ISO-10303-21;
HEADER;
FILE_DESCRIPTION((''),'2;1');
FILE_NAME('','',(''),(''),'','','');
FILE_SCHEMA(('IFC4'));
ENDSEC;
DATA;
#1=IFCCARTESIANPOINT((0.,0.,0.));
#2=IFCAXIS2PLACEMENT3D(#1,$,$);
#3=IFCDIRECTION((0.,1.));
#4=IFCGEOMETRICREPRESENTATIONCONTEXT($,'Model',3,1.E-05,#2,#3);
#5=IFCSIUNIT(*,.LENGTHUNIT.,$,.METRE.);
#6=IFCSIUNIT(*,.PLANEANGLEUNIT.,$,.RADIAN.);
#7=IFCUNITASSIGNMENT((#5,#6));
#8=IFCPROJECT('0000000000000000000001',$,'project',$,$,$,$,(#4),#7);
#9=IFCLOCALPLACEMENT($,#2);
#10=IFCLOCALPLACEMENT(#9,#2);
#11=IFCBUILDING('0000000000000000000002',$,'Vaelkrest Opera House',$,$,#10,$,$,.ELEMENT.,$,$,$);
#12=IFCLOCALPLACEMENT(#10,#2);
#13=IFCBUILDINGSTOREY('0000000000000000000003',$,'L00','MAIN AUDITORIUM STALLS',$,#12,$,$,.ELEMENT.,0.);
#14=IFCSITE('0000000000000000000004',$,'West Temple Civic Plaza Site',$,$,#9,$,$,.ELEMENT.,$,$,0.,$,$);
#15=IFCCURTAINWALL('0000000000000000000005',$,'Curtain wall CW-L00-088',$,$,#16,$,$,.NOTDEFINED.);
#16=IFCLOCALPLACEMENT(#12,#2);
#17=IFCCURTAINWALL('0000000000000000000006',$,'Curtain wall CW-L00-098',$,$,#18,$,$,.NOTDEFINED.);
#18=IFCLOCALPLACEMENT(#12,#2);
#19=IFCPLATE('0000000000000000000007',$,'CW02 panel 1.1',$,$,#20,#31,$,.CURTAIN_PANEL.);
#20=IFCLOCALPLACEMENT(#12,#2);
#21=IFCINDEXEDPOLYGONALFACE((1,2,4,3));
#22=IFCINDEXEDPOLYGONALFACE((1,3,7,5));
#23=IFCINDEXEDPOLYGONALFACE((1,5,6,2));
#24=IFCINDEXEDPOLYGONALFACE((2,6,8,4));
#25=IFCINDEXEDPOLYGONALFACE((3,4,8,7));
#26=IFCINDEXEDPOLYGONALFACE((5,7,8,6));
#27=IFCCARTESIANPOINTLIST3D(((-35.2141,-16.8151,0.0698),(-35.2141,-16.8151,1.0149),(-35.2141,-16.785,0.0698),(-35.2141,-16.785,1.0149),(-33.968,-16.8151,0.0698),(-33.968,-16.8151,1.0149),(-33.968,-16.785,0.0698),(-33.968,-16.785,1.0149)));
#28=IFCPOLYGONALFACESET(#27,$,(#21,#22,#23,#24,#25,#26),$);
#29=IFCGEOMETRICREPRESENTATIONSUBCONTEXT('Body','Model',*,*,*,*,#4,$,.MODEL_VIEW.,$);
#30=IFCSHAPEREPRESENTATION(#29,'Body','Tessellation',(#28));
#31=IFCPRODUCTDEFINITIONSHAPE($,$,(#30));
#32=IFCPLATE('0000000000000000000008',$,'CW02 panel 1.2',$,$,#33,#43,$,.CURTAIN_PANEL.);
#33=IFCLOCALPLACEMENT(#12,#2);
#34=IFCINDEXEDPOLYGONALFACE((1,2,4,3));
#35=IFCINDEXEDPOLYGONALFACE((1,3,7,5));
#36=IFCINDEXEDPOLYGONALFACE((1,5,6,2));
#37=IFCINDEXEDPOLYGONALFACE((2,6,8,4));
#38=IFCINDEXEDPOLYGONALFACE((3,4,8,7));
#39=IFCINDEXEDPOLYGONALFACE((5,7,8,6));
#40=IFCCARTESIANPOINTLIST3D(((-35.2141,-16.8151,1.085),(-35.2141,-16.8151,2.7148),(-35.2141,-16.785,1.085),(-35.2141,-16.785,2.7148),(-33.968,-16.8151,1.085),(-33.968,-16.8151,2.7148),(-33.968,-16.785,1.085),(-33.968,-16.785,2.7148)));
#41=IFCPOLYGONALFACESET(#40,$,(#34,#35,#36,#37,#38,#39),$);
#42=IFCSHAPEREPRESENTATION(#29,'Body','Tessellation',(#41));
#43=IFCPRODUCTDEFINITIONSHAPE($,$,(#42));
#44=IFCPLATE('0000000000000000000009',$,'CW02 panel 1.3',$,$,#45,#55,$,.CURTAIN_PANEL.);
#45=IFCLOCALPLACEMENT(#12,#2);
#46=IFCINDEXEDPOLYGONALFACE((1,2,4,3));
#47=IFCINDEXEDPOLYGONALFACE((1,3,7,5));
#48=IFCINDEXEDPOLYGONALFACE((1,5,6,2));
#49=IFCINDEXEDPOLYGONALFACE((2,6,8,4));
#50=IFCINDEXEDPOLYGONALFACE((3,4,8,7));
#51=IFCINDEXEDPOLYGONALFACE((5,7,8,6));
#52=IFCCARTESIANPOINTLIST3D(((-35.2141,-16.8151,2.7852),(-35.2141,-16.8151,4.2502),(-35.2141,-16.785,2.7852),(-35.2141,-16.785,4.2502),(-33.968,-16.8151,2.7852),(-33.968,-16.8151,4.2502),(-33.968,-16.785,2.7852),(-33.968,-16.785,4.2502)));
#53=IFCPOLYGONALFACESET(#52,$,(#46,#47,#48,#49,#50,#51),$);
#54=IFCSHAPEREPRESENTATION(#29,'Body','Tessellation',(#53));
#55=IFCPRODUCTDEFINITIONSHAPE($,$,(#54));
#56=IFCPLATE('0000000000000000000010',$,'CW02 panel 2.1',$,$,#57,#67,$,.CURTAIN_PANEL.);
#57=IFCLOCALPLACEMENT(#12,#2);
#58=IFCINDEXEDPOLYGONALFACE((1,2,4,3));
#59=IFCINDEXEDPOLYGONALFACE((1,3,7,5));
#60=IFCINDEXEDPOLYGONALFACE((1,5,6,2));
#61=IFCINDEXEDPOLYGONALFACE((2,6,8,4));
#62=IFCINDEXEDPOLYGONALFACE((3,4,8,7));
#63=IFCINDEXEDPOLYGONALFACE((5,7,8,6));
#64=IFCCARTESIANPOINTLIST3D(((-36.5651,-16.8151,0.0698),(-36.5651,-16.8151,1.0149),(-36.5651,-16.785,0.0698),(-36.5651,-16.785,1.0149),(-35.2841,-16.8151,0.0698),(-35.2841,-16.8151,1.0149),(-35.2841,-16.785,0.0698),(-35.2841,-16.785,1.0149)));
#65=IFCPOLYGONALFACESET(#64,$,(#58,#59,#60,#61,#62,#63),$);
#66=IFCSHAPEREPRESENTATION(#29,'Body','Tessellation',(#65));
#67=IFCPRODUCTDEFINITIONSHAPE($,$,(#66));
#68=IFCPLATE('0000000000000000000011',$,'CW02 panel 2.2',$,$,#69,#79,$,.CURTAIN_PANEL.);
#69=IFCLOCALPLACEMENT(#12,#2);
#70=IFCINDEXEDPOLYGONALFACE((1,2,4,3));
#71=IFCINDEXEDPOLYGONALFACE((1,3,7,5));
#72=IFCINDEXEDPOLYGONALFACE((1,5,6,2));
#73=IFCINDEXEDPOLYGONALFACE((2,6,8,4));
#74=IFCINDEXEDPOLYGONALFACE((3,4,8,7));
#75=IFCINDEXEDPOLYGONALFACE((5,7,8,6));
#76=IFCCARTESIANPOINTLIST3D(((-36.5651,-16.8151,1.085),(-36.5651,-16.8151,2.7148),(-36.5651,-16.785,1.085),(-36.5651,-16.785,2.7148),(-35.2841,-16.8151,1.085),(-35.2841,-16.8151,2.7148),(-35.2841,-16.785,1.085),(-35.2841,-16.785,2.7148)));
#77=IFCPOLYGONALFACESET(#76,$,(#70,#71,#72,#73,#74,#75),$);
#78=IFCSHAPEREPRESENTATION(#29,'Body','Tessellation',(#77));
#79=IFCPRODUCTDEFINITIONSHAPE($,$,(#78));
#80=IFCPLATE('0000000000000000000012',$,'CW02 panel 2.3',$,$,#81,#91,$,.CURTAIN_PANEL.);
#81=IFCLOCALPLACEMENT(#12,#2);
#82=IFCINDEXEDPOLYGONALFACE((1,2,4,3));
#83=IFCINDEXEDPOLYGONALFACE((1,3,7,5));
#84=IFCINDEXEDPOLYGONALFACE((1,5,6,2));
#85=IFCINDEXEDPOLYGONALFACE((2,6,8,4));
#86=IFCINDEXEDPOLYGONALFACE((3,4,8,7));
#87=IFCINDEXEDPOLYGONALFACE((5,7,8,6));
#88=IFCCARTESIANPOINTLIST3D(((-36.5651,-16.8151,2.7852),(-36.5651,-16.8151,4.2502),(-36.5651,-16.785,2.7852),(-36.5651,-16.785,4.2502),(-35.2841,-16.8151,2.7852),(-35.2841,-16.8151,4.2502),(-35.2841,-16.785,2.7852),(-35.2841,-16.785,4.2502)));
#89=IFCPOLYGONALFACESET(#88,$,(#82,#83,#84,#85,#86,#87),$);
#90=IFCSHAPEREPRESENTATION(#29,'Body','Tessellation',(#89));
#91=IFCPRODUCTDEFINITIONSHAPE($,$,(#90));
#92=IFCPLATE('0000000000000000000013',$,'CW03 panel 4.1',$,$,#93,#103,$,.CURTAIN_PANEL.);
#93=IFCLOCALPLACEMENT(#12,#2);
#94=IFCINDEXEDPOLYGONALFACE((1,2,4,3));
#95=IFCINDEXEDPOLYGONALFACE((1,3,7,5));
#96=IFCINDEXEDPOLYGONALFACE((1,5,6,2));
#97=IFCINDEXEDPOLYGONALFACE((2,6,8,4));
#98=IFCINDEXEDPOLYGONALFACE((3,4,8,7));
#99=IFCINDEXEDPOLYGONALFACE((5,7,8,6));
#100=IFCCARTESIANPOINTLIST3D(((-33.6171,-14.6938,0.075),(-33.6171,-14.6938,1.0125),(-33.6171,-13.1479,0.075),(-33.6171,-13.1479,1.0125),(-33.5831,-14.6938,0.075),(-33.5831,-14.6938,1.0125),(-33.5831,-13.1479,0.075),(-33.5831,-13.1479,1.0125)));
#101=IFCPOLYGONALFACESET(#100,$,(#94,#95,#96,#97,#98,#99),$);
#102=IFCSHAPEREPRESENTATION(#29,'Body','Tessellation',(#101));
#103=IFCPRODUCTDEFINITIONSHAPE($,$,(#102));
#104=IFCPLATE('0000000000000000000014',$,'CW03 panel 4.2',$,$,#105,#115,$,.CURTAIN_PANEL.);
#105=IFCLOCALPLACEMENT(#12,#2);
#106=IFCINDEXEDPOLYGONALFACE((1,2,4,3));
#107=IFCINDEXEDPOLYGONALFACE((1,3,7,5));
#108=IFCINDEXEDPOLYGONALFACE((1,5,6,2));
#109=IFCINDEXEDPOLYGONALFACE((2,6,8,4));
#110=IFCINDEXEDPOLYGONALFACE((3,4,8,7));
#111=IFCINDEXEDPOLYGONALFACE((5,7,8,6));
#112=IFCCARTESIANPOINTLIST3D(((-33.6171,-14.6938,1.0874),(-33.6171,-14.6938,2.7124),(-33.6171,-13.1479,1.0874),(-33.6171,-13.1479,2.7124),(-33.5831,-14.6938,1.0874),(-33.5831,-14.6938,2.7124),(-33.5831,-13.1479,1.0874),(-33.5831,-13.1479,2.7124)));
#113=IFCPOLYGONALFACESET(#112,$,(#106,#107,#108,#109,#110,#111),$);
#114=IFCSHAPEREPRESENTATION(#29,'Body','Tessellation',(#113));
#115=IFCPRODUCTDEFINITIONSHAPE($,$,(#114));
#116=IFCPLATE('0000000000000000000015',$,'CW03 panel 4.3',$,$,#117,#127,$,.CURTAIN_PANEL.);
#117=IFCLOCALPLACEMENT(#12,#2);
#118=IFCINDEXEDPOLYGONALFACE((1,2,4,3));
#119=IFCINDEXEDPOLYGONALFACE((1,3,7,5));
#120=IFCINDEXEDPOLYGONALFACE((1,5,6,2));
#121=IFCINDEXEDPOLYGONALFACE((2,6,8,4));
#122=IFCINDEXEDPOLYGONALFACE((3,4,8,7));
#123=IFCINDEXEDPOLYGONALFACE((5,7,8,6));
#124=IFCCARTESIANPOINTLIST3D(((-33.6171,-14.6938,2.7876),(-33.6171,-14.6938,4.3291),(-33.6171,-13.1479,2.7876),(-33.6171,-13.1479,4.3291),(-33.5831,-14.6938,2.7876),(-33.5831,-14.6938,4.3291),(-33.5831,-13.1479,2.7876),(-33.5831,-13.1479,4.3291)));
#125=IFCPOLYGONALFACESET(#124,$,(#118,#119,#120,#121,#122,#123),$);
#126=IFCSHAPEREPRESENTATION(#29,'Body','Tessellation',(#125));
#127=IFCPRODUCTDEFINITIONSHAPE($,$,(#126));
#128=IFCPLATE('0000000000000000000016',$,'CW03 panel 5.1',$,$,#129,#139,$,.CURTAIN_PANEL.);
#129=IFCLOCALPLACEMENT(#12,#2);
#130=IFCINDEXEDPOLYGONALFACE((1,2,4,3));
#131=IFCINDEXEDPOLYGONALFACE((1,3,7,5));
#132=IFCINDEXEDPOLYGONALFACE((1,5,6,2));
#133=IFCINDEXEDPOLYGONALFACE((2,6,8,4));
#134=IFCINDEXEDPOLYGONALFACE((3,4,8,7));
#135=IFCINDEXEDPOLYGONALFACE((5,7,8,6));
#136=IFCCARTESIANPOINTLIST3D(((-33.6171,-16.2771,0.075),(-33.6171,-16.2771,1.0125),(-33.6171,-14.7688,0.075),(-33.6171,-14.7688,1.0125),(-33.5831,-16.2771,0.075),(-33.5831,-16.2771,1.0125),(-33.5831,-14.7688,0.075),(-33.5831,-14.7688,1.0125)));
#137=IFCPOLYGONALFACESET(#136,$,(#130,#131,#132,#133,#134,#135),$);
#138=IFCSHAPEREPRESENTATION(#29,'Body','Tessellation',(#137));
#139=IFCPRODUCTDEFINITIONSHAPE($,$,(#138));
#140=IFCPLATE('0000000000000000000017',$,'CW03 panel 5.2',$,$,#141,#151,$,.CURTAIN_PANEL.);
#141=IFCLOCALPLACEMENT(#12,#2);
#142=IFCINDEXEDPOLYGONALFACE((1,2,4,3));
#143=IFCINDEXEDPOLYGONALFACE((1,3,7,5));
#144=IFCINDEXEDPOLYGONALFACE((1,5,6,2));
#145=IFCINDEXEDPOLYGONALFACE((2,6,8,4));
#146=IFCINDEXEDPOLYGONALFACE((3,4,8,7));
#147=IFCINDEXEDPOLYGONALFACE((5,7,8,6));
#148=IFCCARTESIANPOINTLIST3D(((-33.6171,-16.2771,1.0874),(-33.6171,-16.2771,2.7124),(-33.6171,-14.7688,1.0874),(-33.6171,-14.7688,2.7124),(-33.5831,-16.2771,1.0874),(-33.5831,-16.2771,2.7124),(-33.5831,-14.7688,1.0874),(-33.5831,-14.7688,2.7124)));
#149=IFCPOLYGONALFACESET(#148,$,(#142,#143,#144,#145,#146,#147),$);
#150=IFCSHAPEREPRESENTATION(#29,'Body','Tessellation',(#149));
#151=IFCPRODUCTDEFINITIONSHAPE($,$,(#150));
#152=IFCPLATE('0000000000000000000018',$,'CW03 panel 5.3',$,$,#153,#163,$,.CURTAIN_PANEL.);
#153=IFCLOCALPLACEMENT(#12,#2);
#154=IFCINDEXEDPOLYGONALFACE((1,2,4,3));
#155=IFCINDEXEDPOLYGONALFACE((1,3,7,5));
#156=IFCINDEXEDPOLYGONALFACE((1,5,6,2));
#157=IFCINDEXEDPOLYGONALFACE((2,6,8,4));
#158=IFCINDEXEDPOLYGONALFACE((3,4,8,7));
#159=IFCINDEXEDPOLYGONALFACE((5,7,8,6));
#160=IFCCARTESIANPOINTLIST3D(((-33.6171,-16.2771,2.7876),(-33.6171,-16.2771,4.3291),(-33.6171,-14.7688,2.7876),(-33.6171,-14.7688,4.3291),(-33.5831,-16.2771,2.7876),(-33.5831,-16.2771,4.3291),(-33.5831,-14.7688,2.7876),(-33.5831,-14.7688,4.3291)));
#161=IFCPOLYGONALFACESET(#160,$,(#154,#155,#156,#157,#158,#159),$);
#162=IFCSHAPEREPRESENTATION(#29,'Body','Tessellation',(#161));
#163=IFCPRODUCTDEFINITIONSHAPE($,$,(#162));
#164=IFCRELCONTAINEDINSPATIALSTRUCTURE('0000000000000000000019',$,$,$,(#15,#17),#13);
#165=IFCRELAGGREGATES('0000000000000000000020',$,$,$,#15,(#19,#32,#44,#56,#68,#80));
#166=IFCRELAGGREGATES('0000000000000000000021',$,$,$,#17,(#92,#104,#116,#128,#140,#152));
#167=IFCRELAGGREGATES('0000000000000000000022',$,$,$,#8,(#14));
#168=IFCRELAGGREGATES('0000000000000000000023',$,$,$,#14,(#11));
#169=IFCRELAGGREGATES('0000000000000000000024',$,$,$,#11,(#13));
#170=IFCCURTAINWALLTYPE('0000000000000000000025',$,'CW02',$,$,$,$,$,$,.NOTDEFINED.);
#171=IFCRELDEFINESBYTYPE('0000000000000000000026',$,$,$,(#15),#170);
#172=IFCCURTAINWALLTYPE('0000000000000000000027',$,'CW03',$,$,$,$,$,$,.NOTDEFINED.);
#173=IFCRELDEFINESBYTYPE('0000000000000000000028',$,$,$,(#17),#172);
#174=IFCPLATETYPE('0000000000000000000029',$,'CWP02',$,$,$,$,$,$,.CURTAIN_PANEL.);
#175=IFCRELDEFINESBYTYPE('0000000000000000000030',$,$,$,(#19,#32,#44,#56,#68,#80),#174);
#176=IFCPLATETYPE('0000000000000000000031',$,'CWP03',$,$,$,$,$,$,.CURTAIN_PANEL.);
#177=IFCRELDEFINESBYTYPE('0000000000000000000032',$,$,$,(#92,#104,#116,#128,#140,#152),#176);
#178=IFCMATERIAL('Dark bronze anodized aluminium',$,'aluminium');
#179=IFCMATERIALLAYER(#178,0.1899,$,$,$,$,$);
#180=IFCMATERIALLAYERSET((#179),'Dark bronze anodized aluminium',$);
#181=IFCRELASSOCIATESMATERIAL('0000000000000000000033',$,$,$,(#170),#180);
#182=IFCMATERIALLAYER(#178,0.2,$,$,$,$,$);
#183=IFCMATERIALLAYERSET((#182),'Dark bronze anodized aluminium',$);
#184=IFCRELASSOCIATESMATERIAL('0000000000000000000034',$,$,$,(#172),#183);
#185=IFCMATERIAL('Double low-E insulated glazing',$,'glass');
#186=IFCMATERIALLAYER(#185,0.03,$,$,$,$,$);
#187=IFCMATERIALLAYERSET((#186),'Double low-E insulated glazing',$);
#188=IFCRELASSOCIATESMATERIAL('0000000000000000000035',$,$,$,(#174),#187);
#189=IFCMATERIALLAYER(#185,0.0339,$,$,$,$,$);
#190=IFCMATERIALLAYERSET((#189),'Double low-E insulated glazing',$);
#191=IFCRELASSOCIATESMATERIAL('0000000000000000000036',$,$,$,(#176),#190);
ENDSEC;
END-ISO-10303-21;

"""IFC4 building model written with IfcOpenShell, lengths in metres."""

from ifc_helpers import new_model, si_unit, direction, frame, origin, origin_2d, place, context, subcontext, project, spatial, rectangle, extrude, material, layer, layer_set, type_object, element, aggregate, save


model = new_model("IFC4")

# Units and contexts
model_context = context("Model", 3, precision=1e-05, world=origin(), true_north=direction((0.0, 1.0)))
body_context = subcontext(model_context, "Body", "Model", "MODEL_VIEW")
ifc_project = project(units=[si_unit("LENGTHUNIT", "METRE"), si_unit("PLANEANGLEUNIT", "RADIAN")], contexts=[model_context])

# Site, building, storey
site_placement = place(None, origin())
site = spatial("IfcSite", under=ifc_project, at=site_placement, Name="West Temple Civic Plaza Site", CompositionType="ELEMENT", RefElevation=0.0)
building_placement = place(site_placement, origin())
building = spatial("IfcBuilding", under=site, at=building_placement, Name="Vaelkrest Opera House", CompositionType="ELEMENT")
storey_placement = place(building_placement, origin())
storey = spatial("IfcBuildingStorey", under=building, at=storey_placement, Name="L00", Description="MAIN AUDITORIUM STALLS", CompositionType="ELEMENT", Elevation=0.0)

# Curtain walls
ifc_material_1 = material(Name="Dark bronze anodized aluminium", Category="aluminium")
ifc_layer_1 = layer(ifc_material_1, 0.1899)
ifc_layer_set_1 = layer_set([ifc_layer_1], Name="Dark bronze anodized aluminium")
curtain_wall_type_1 = type_object("IfcCurtainWallType", Name="CW02", PredefinedType="NOTDEFINED", material=ifc_layer_set_1)
curtain_wall_1_placement = place(storey_placement, origin())
curtain_wall_1 = element("IfcCurtainWall", 1, at=curtain_wall_1_placement, inside=storey, type_object=curtain_wall_type_1, Name="Curtain wall CW-L00-088", PredefinedType="NOTDEFINED")
ifc_layer_2 = layer(ifc_material_1, 0.2)
ifc_layer_set_2 = layer_set([ifc_layer_2], Name="Dark bronze anodized aluminium")
curtain_wall_type_2 = type_object("IfcCurtainWallType", Name="CW03", PredefinedType="NOTDEFINED", material=ifc_layer_set_2)
curtain_wall_2_placement = place(storey_placement, origin())
curtain_wall_2 = element("IfcCurtainWall", 2, at=curtain_wall_2_placement, inside=storey, type_object=curtain_wall_type_2, Name="Curtain wall CW-L00-098", PredefinedType="NOTDEFINED")

# Plates
ifc_material_2 = material(Name="Double low-E insulated glazing", Category="glass")
ifc_layer_3 = layer(ifc_material_2, 0.03)
ifc_layer_set_3 = layer_set([ifc_layer_3], Name="Double low-E insulated glazing")
plate_type_1 = type_object("IfcPlateType", Name="CWP02", PredefinedType="CURTAIN_PANEL", material=ifc_layer_set_3)
plate_1_placement = place(storey_placement, frame((-34.5911, -16.8, 0.0698), z_axis=(0.0, 0.0, 1.0), x_axis=(-1.0, 0.0, 0.0)))
plate_1 = element("IfcPlate", 3, at=plate_1_placement, type_object=plate_type_1, Name="CW02 panel 1.1", PredefinedType="CURTAIN_PANEL", context=body_context, shape_type="SweptSolid", body=[
    extrude(rectangle(XDim=1.2461, YDim=0.03, at=origin_2d()), origin(), (0.0, 0.0, 1.0), 0.9451),
])
plate_2_placement = place(storey_placement, frame((-34.5911, -16.8, 1.085), z_axis=(0.0, 0.0, 1.0), x_axis=(-1.0, 0.0, 0.0)))
plate_2 = element("IfcPlate", 4, at=plate_2_placement, type_object=plate_type_1, Name="CW02 panel 1.2", PredefinedType="CURTAIN_PANEL", context=body_context, shape_type="SweptSolid", body=[
    extrude(rectangle(XDim=1.2461, YDim=0.03, at=origin_2d()), origin(), (0.0, 0.0, 1.0), 1.6299),
])
plate_3_placement = place(storey_placement, frame((-34.5911, -16.8, 2.7852), z_axis=(0.0, 0.0, 1.0), x_axis=(-1.0, 0.0, 0.0)))
plate_3 = element("IfcPlate", 5, at=plate_3_placement, type_object=plate_type_1, Name="CW02 panel 1.3", PredefinedType="CURTAIN_PANEL", context=body_context, shape_type="SweptSolid", body=[
    extrude(rectangle(XDim=1.2461, YDim=0.03, at=origin_2d()), origin(), (0.0, 0.0, 1.0), 1.4651),
])
plate_4_placement = place(storey_placement, frame((-35.9246, -16.8, 0.0698), z_axis=(0.0, 0.0, 1.0), x_axis=(-1.0, 0.0, 0.0)))
plate_4 = element("IfcPlate", 6, at=plate_4_placement, type_object=plate_type_1, Name="CW02 panel 2.1", PredefinedType="CURTAIN_PANEL", context=body_context, shape_type="SweptSolid", body=[
    extrude(rectangle(XDim=1.281, YDim=0.03, at=origin_2d()), origin(), (0.0, 0.0, 1.0), 0.9451),
])
plate_5_placement = place(storey_placement, frame((-35.9246, -16.8, 1.085), z_axis=(0.0, 0.0, 1.0), x_axis=(-1.0, 0.0, 0.0)))
plate_5 = element("IfcPlate", 7, at=plate_5_placement, type_object=plate_type_1, Name="CW02 panel 2.2", PredefinedType="CURTAIN_PANEL", context=body_context, shape_type="SweptSolid", body=[
    extrude(rectangle(XDim=1.281, YDim=0.03, at=origin_2d()), origin(), (0.0, 0.0, 1.0), 1.6299),
])
plate_6_placement = place(storey_placement, frame((-35.9246, -16.8, 2.7852), z_axis=(0.0, 0.0, 1.0), x_axis=(-1.0, 0.0, 0.0)))
plate_6 = element("IfcPlate", 8, at=plate_6_placement, type_object=plate_type_1, Name="CW02 panel 2.3", PredefinedType="CURTAIN_PANEL", context=body_context, shape_type="SweptSolid", body=[
    extrude(rectangle(XDim=1.281, YDim=0.03, at=origin_2d()), origin(), (0.0, 0.0, 1.0), 1.4651),
])
aggregate(curtain_wall_1, [plate_1, plate_2, plate_3, plate_4, plate_5, plate_6])
ifc_layer_4 = layer(ifc_material_2, 0.0339)
ifc_layer_set_4 = layer_set([ifc_layer_4], Name="Double low-E insulated glazing")
plate_type_2 = type_object("IfcPlateType", Name="CWP03", PredefinedType="CURTAIN_PANEL", material=ifc_layer_set_4)
plate_7_placement = place(storey_placement, frame((-33.6001, -13.9209, 0.075), z_axis=(0.0, 0.0, 1.0), x_axis=(0.0, -1.0, 0.0)))
plate_7 = element("IfcPlate", 9, at=plate_7_placement, type_object=plate_type_2, Name="CW03 panel 4.1", PredefinedType="CURTAIN_PANEL", context=body_context, shape_type="SweptSolid", body=[
    extrude(rectangle(XDim=1.5459, YDim=0.0339, at=origin_2d()), origin(), (0.0, 0.0, 1.0), 0.9375),
])
plate_8_placement = place(storey_placement, frame((-33.6001, -13.9209, 1.0874), z_axis=(0.0, 0.0, 1.0), x_axis=(0.0, -1.0, 0.0)))
plate_8 = element("IfcPlate", 10, at=plate_8_placement, type_object=plate_type_2, Name="CW03 panel 4.2", PredefinedType="CURTAIN_PANEL", context=body_context, shape_type="SweptSolid", body=[
    extrude(rectangle(XDim=1.5459, YDim=0.0339, at=origin_2d()), origin(), (0.0, 0.0, 1.0), 1.625),
])
plate_9_placement = place(storey_placement, frame((-33.6001, -13.9209, 2.7876), z_axis=(0.0, 0.0, 1.0), x_axis=(0.0, -1.0, 0.0)))
plate_9 = element("IfcPlate", 11, at=plate_9_placement, type_object=plate_type_2, Name="CW03 panel 4.3", PredefinedType="CURTAIN_PANEL", context=body_context, shape_type="SweptSolid", body=[
    extrude(rectangle(XDim=1.5459, YDim=0.0339, at=origin_2d()), origin(), (0.0, 0.0, 1.0), 1.5415),
])
plate_10_placement = place(storey_placement, frame((-33.6001, -15.5229, 0.075), z_axis=(0.0, 0.0, 1.0), x_axis=(0.0, -1.0, 0.0)))
plate_10 = element("IfcPlate", 12, at=plate_10_placement, type_object=plate_type_2, Name="CW03 panel 5.1", PredefinedType="CURTAIN_PANEL", context=body_context, shape_type="SweptSolid", body=[
    extrude(rectangle(XDim=1.5083, YDim=0.0339, at=origin_2d()), origin(), (0.0, 0.0, 1.0), 0.9375),
])
plate_11_placement = place(storey_placement, frame((-33.6001, -15.5229, 1.0874), z_axis=(0.0, 0.0, 1.0), x_axis=(0.0, -1.0, 0.0)))
plate_11 = element("IfcPlate", 13, at=plate_11_placement, type_object=plate_type_2, Name="CW03 panel 5.2", PredefinedType="CURTAIN_PANEL", context=body_context, shape_type="SweptSolid", body=[
    extrude(rectangle(XDim=1.5083, YDim=0.0339, at=origin_2d()), origin(), (0.0, 0.0, 1.0), 1.625),
])
plate_12_placement = place(storey_placement, frame((-33.6001, -15.5229, 2.7876), z_axis=(0.0, 0.0, 1.0), x_axis=(0.0, -1.0, 0.0)))
plate_12 = element("IfcPlate", 14, at=plate_12_placement, type_object=plate_type_2, Name="CW03 panel 5.3", PredefinedType="CURTAIN_PANEL", context=body_context, shape_type="SweptSolid", body=[
    extrude(rectangle(XDim=1.5083, YDim=0.0339, at=origin_2d()), origin(), (0.0, 0.0, 1.0), 1.5415),
])
aggregate(curtain_wall_2, [plate_7, plate_8, plate_9, plate_10, plate_11, plate_12])

save(model, "model.ifc")
